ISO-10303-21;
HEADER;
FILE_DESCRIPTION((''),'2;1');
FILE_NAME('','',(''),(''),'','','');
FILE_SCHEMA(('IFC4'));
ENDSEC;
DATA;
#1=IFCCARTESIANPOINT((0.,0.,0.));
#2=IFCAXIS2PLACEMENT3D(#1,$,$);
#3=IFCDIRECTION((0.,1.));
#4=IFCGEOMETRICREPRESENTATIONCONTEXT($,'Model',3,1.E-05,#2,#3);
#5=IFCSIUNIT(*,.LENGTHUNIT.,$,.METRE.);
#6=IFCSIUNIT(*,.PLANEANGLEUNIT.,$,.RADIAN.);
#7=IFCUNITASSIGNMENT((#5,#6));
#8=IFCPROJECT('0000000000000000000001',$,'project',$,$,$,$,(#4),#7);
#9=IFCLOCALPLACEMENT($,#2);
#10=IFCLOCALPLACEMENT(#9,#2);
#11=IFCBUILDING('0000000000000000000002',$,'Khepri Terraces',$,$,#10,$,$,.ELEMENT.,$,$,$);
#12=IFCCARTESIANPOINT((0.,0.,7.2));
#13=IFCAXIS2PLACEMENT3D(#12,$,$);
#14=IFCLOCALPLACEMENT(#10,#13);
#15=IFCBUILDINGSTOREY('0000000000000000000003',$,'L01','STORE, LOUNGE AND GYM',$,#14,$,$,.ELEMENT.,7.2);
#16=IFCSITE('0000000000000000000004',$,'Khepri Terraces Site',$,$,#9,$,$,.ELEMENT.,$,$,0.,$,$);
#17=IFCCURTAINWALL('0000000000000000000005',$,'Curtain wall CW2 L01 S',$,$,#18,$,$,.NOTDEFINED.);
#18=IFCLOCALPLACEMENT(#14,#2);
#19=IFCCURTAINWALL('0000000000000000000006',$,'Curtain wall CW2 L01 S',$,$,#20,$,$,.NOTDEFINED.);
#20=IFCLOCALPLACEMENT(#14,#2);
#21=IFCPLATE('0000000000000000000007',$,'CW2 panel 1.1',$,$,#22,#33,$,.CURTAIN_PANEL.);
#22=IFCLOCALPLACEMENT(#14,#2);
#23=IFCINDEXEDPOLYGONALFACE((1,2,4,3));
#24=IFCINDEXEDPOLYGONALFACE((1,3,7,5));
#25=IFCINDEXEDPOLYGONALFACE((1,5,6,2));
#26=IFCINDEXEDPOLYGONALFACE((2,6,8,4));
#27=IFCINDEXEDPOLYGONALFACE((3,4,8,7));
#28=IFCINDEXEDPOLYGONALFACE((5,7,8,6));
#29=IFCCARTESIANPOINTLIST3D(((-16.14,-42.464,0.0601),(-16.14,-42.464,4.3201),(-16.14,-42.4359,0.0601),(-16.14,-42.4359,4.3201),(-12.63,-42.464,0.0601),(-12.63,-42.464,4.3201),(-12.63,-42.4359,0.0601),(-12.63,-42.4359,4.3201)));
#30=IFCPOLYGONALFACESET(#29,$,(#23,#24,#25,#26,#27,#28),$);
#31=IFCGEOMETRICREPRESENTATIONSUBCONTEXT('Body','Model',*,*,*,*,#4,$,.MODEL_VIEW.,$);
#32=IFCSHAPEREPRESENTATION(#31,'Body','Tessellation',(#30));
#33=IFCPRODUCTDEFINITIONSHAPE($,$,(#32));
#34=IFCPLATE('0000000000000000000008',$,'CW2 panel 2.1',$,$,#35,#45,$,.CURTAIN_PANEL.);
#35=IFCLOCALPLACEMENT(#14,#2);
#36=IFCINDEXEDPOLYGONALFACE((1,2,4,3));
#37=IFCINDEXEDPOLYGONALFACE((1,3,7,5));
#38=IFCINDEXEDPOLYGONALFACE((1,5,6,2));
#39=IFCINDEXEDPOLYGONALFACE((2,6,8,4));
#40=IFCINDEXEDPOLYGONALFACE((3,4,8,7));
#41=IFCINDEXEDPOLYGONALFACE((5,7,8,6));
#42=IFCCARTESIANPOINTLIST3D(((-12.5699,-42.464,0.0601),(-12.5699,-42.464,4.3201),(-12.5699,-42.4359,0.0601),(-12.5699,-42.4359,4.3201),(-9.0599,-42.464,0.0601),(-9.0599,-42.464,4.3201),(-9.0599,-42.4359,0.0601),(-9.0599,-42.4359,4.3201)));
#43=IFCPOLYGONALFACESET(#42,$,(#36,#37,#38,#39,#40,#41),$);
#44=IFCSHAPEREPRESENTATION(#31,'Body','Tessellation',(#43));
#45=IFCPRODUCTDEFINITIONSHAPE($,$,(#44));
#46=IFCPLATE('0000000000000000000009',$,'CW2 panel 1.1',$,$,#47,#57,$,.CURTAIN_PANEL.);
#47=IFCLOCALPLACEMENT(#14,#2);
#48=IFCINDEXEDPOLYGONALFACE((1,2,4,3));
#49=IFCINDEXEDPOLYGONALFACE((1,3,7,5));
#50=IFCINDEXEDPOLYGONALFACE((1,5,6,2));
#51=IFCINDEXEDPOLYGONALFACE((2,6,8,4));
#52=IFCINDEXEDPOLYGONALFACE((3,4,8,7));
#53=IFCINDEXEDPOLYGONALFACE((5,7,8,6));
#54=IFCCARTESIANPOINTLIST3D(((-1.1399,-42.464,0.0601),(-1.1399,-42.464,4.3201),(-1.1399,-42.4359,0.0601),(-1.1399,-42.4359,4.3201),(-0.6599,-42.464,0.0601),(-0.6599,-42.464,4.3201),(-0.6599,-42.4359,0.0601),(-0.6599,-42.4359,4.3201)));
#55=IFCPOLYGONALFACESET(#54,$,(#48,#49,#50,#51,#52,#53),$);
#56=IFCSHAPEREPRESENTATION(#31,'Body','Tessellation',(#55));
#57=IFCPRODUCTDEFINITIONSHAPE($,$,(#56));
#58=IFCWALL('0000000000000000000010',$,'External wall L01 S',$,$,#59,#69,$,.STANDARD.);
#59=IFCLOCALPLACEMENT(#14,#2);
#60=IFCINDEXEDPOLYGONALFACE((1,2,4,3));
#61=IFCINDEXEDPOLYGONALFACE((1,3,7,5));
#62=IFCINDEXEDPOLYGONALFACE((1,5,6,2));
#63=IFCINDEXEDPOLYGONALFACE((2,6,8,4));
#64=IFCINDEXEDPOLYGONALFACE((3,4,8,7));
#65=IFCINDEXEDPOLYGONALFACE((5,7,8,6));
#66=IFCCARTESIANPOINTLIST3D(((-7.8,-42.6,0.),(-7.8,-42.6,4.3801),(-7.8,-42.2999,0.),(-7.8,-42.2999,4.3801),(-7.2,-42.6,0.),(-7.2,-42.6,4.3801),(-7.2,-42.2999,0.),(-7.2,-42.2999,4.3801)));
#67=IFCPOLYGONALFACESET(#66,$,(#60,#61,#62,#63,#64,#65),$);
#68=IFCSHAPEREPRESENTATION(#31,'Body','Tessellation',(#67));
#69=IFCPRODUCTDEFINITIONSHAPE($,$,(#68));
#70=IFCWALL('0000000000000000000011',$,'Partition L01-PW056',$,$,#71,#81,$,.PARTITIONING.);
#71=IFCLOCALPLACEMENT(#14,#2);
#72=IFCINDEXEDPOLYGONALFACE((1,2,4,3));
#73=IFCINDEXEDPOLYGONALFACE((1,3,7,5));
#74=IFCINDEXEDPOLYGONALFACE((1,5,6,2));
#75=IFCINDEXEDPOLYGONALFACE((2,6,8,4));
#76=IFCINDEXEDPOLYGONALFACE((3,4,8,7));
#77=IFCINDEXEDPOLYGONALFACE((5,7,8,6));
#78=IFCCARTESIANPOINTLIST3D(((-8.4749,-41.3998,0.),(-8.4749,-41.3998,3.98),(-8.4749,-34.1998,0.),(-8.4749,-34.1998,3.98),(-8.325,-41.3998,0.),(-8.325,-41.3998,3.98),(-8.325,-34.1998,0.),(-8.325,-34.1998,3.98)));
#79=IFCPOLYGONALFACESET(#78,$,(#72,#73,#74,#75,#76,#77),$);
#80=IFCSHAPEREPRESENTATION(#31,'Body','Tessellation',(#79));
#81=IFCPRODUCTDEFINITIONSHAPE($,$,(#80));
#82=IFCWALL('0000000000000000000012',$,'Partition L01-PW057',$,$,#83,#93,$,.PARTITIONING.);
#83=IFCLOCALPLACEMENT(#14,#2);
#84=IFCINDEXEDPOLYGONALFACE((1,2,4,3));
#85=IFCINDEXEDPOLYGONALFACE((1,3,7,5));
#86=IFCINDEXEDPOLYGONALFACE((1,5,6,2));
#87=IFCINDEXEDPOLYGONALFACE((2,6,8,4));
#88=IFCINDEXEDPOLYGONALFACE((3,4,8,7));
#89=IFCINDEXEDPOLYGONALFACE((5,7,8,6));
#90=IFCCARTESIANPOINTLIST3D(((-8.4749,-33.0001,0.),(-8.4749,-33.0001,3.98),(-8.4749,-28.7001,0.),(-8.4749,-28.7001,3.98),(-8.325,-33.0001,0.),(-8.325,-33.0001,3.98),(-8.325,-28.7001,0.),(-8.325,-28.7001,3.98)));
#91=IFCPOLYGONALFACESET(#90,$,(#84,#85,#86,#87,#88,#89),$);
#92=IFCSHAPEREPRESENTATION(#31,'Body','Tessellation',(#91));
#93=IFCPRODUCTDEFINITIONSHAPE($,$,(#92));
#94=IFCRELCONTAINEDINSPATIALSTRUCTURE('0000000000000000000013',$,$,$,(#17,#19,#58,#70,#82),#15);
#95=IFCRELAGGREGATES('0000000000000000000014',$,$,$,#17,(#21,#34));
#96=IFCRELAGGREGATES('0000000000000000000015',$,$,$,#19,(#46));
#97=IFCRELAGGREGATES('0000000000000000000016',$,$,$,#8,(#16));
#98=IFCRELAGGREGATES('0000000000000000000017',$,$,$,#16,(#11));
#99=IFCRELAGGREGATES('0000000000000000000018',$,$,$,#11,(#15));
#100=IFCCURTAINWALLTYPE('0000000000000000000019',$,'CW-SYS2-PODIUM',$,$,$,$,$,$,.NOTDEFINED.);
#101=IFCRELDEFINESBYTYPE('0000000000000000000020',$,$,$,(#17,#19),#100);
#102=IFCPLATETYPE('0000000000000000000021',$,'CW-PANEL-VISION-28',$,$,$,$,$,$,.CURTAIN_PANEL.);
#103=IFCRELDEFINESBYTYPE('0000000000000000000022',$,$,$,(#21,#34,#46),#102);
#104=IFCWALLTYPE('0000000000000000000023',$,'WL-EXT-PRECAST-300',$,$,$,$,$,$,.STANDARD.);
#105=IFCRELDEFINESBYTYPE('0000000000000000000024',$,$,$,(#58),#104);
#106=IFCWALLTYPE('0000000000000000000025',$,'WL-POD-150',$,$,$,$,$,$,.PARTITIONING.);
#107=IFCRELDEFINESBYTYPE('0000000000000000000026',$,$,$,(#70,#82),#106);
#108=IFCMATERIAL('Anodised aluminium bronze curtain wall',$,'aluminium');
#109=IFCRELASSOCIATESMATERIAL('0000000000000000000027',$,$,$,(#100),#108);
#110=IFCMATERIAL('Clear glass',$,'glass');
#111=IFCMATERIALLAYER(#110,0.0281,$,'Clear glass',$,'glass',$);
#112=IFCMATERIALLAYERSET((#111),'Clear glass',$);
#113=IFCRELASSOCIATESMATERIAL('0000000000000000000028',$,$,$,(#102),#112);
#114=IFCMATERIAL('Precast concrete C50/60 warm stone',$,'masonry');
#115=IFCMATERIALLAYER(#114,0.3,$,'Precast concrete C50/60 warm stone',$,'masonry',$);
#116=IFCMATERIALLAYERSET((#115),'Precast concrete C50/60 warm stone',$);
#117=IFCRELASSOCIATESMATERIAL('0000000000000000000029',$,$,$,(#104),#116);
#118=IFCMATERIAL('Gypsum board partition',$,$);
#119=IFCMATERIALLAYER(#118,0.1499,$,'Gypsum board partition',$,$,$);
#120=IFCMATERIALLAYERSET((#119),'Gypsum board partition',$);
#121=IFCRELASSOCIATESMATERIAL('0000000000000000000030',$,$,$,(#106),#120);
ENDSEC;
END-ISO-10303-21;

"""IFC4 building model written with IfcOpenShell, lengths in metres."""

from ifc_helpers import new_model, si_unit, direction, frame, frame_2d, origin, origin_2d, place, context, subcontext, project, spatial, rectangle, extrude, material, layer, layer_set, type_object, element, aggregate, save


model = new_model("IFC4")

# Units and contexts
model_context = context("Model", 3, precision=1e-05, world=origin(), true_north=direction((0.0, 1.0)))
body_context = subcontext(model_context, "Body", "Model", "MODEL_VIEW")
ifc_project = project(units=[si_unit("LENGTHUNIT", "METRE"), si_unit("PLANEANGLEUNIT", "RADIAN")], contexts=[model_context])

# Site, building, storey
site_placement = place(None, origin())
site = spatial("IfcSite", under=ifc_project, at=site_placement, Name="Khepri Terraces Site", CompositionType="ELEMENT", RefElevation=0.0)
building_placement = place(site_placement, origin())
building = spatial("IfcBuilding", under=site, at=building_placement, Name="Khepri Terraces", CompositionType="ELEMENT")
storey_placement = place(building_placement, frame((0.0, 0.0, 7.2)))
storey = spatial("IfcBuildingStorey", under=building, at=storey_placement, Name="L01", Description="STORE, LOUNGE AND GYM", CompositionType="ELEMENT", Elevation=7.2)

# Curtain walls
ifc_material_1 = material(Name="Anodised aluminium bronze curtain wall", Category="aluminium")
curtain_wall_type = type_object("IfcCurtainWallType", Name="CW-SYS2-PODIUM", PredefinedType="NOTDEFINED", material=ifc_material_1)
curtain_wall_1_placement = place(storey_placement, origin())
curtain_wall_1 = element("IfcCurtainWall", 1, at=curtain_wall_1_placement, inside=storey, type_object=curtain_wall_type, Name="Curtain wall CW2 L01 S", PredefinedType="NOTDEFINED")
curtain_wall_2_placement = place(storey_placement, origin())
curtain_wall_2 = element("IfcCurtainWall", 2, at=curtain_wall_2_placement, inside=storey, type_object=curtain_wall_type, Name="Curtain wall CW2 L01 S", PredefinedType="NOTDEFINED")

# Plates
ifc_material_2 = material(Name="Clear glass", Category="glass")
ifc_layer_1 = layer(ifc_material_2, 0.0281, Name="Clear glass", Category="glass")
ifc_layer_set_1 = layer_set([ifc_layer_1], Name="Clear glass")
plate_type = type_object("IfcPlateType", Name="CW-PANEL-VISION-28", PredefinedType="CURTAIN_PANEL", material=ifc_layer_set_1)
plate_1_placement = place(storey_placement, frame((-14.385, -42.45, 0.0601), z_axis=(0.0, 0.0, 1.0), x_axis=(1.0, 0.0, 0.0)))
plate_1 = element("IfcPlate", 3, at=plate_1_placement, type_object=plate_type, Name="CW2 panel 1.1", PredefinedType="CURTAIN_PANEL", context=body_context, shape_type="SweptSolid", body=[
    extrude(rectangle(XDim=3.51, YDim=0.0281, at=origin_2d()), origin(), (0.0, 0.0, 1.0), 4.26),
])
plate_2_placement = place(storey_placement, frame((-10.8149, -42.45, 0.0601), z_axis=(0.0, 0.0, 1.0), x_axis=(1.0, 0.0, 0.0)))
plate_2 = element("IfcPlate", 4, at=plate_2_placement, type_object=plate_type, Name="CW2 panel 2.1", PredefinedType="CURTAIN_PANEL", context=body_context, shape_type="SweptSolid", body=[
    extrude(rectangle(XDim=3.51, YDim=0.0281, at=origin_2d()), origin(), (0.0, 0.0, 1.0), 4.26),
])
aggregate(curtain_wall_1, [plate_1, plate_2])
plate_3_placement = place(storey_placement, frame((-0.8999, -42.45, 0.0601), z_axis=(0.0, 0.0, 1.0), x_axis=(1.0, 0.0, 0.0)))
plate_3 = element("IfcPlate", 5, at=plate_3_placement, type_object=plate_type, Name="CW2 panel 1.1", PredefinedType="CURTAIN_PANEL", context=body_context, shape_type="SweptSolid", body=[
    extrude(rectangle(XDim=0.48, YDim=0.0281, at=origin_2d()), origin(), (0.0, 0.0, 1.0), 4.26),
])
aggregate(curtain_wall_2, [plate_3])

# Wall
ifc_material_3 = material(Name="Precast concrete C50/60 warm stone", Category="masonry")
ifc_layer_2 = layer(ifc_material_3, 0.3, Name="Precast concrete C50/60 warm stone", Category="masonry")
ifc_layer_set_2 = layer_set([ifc_layer_2], Name="Precast concrete C50/60 warm stone")
wall_type_1 = type_object("IfcWallType", Name="WL-EXT-PRECAST-300", PredefinedType="STANDARD", material=ifc_layer_set_2)
wall_1_placement = place(storey_placement, frame((-7.8, -42.45, 0.0), z_axis=(0.0, 0.0, 1.0), x_axis=(1.0, 0.0, 0.0)))
element("IfcWall", 6, at=wall_1_placement, inside=storey, type_object=wall_type_1, Name="External wall L01 S", PredefinedType="STANDARD", context=body_context, shape_type="SweptSolid", body=[
    extrude(rectangle(XDim=0.6001, YDim=0.3, at=frame_2d((0.3, 0.0))), origin(), (0.0, 0.0, 1.0), 4.3801),
])

# Walls
ifc_material_4 = material(Name="Gypsum board partition")
ifc_layer_3 = layer(ifc_material_4, 0.1499, Name="Gypsum board partition")
ifc_layer_set_3 = layer_set([ifc_layer_3], Name="Gypsum board partition")
wall_type_2 = type_object("IfcWallType", Name="WL-POD-150", PredefinedType="PARTITIONING", material=ifc_layer_set_3)
wall_2_placement = place(storey_placement, frame((-8.3999, -41.3999, 0.0), z_axis=(0.0, 0.0, 1.0), x_axis=(0.0, 1.0, 0.0)))
element("IfcWall", 7, at=wall_2_placement, inside=storey, type_object=wall_type_2, Name="Partition L01-PW056", PredefinedType="PARTITIONING", context=body_context, shape_type="SweptSolid", body=[
    extrude(rectangle(XDim=7.2, YDim=0.1499, at=frame_2d((3.6001, 0.0))), origin(), (0.0, 0.0, 1.0), 3.98),
])
wall_3_placement = place(storey_placement, frame((-8.3999, -33.0, 0.0), z_axis=(0.0, 0.0, 1.0), x_axis=(0.0, 1.0, 0.0)))
element("IfcWall", 8, at=wall_3_placement, inside=storey, type_object=wall_type_2, Name="Partition L01-PW057", PredefinedType="PARTITIONING", context=body_context, shape_type="SweptSolid", body=[
    extrude(rectangle(XDim=4.3, YDim=0.1499, at=frame_2d((2.1499, 0.0))), origin(), (0.0, 0.0, 1.0), 3.98),
])

save(model, "model.ifc")
